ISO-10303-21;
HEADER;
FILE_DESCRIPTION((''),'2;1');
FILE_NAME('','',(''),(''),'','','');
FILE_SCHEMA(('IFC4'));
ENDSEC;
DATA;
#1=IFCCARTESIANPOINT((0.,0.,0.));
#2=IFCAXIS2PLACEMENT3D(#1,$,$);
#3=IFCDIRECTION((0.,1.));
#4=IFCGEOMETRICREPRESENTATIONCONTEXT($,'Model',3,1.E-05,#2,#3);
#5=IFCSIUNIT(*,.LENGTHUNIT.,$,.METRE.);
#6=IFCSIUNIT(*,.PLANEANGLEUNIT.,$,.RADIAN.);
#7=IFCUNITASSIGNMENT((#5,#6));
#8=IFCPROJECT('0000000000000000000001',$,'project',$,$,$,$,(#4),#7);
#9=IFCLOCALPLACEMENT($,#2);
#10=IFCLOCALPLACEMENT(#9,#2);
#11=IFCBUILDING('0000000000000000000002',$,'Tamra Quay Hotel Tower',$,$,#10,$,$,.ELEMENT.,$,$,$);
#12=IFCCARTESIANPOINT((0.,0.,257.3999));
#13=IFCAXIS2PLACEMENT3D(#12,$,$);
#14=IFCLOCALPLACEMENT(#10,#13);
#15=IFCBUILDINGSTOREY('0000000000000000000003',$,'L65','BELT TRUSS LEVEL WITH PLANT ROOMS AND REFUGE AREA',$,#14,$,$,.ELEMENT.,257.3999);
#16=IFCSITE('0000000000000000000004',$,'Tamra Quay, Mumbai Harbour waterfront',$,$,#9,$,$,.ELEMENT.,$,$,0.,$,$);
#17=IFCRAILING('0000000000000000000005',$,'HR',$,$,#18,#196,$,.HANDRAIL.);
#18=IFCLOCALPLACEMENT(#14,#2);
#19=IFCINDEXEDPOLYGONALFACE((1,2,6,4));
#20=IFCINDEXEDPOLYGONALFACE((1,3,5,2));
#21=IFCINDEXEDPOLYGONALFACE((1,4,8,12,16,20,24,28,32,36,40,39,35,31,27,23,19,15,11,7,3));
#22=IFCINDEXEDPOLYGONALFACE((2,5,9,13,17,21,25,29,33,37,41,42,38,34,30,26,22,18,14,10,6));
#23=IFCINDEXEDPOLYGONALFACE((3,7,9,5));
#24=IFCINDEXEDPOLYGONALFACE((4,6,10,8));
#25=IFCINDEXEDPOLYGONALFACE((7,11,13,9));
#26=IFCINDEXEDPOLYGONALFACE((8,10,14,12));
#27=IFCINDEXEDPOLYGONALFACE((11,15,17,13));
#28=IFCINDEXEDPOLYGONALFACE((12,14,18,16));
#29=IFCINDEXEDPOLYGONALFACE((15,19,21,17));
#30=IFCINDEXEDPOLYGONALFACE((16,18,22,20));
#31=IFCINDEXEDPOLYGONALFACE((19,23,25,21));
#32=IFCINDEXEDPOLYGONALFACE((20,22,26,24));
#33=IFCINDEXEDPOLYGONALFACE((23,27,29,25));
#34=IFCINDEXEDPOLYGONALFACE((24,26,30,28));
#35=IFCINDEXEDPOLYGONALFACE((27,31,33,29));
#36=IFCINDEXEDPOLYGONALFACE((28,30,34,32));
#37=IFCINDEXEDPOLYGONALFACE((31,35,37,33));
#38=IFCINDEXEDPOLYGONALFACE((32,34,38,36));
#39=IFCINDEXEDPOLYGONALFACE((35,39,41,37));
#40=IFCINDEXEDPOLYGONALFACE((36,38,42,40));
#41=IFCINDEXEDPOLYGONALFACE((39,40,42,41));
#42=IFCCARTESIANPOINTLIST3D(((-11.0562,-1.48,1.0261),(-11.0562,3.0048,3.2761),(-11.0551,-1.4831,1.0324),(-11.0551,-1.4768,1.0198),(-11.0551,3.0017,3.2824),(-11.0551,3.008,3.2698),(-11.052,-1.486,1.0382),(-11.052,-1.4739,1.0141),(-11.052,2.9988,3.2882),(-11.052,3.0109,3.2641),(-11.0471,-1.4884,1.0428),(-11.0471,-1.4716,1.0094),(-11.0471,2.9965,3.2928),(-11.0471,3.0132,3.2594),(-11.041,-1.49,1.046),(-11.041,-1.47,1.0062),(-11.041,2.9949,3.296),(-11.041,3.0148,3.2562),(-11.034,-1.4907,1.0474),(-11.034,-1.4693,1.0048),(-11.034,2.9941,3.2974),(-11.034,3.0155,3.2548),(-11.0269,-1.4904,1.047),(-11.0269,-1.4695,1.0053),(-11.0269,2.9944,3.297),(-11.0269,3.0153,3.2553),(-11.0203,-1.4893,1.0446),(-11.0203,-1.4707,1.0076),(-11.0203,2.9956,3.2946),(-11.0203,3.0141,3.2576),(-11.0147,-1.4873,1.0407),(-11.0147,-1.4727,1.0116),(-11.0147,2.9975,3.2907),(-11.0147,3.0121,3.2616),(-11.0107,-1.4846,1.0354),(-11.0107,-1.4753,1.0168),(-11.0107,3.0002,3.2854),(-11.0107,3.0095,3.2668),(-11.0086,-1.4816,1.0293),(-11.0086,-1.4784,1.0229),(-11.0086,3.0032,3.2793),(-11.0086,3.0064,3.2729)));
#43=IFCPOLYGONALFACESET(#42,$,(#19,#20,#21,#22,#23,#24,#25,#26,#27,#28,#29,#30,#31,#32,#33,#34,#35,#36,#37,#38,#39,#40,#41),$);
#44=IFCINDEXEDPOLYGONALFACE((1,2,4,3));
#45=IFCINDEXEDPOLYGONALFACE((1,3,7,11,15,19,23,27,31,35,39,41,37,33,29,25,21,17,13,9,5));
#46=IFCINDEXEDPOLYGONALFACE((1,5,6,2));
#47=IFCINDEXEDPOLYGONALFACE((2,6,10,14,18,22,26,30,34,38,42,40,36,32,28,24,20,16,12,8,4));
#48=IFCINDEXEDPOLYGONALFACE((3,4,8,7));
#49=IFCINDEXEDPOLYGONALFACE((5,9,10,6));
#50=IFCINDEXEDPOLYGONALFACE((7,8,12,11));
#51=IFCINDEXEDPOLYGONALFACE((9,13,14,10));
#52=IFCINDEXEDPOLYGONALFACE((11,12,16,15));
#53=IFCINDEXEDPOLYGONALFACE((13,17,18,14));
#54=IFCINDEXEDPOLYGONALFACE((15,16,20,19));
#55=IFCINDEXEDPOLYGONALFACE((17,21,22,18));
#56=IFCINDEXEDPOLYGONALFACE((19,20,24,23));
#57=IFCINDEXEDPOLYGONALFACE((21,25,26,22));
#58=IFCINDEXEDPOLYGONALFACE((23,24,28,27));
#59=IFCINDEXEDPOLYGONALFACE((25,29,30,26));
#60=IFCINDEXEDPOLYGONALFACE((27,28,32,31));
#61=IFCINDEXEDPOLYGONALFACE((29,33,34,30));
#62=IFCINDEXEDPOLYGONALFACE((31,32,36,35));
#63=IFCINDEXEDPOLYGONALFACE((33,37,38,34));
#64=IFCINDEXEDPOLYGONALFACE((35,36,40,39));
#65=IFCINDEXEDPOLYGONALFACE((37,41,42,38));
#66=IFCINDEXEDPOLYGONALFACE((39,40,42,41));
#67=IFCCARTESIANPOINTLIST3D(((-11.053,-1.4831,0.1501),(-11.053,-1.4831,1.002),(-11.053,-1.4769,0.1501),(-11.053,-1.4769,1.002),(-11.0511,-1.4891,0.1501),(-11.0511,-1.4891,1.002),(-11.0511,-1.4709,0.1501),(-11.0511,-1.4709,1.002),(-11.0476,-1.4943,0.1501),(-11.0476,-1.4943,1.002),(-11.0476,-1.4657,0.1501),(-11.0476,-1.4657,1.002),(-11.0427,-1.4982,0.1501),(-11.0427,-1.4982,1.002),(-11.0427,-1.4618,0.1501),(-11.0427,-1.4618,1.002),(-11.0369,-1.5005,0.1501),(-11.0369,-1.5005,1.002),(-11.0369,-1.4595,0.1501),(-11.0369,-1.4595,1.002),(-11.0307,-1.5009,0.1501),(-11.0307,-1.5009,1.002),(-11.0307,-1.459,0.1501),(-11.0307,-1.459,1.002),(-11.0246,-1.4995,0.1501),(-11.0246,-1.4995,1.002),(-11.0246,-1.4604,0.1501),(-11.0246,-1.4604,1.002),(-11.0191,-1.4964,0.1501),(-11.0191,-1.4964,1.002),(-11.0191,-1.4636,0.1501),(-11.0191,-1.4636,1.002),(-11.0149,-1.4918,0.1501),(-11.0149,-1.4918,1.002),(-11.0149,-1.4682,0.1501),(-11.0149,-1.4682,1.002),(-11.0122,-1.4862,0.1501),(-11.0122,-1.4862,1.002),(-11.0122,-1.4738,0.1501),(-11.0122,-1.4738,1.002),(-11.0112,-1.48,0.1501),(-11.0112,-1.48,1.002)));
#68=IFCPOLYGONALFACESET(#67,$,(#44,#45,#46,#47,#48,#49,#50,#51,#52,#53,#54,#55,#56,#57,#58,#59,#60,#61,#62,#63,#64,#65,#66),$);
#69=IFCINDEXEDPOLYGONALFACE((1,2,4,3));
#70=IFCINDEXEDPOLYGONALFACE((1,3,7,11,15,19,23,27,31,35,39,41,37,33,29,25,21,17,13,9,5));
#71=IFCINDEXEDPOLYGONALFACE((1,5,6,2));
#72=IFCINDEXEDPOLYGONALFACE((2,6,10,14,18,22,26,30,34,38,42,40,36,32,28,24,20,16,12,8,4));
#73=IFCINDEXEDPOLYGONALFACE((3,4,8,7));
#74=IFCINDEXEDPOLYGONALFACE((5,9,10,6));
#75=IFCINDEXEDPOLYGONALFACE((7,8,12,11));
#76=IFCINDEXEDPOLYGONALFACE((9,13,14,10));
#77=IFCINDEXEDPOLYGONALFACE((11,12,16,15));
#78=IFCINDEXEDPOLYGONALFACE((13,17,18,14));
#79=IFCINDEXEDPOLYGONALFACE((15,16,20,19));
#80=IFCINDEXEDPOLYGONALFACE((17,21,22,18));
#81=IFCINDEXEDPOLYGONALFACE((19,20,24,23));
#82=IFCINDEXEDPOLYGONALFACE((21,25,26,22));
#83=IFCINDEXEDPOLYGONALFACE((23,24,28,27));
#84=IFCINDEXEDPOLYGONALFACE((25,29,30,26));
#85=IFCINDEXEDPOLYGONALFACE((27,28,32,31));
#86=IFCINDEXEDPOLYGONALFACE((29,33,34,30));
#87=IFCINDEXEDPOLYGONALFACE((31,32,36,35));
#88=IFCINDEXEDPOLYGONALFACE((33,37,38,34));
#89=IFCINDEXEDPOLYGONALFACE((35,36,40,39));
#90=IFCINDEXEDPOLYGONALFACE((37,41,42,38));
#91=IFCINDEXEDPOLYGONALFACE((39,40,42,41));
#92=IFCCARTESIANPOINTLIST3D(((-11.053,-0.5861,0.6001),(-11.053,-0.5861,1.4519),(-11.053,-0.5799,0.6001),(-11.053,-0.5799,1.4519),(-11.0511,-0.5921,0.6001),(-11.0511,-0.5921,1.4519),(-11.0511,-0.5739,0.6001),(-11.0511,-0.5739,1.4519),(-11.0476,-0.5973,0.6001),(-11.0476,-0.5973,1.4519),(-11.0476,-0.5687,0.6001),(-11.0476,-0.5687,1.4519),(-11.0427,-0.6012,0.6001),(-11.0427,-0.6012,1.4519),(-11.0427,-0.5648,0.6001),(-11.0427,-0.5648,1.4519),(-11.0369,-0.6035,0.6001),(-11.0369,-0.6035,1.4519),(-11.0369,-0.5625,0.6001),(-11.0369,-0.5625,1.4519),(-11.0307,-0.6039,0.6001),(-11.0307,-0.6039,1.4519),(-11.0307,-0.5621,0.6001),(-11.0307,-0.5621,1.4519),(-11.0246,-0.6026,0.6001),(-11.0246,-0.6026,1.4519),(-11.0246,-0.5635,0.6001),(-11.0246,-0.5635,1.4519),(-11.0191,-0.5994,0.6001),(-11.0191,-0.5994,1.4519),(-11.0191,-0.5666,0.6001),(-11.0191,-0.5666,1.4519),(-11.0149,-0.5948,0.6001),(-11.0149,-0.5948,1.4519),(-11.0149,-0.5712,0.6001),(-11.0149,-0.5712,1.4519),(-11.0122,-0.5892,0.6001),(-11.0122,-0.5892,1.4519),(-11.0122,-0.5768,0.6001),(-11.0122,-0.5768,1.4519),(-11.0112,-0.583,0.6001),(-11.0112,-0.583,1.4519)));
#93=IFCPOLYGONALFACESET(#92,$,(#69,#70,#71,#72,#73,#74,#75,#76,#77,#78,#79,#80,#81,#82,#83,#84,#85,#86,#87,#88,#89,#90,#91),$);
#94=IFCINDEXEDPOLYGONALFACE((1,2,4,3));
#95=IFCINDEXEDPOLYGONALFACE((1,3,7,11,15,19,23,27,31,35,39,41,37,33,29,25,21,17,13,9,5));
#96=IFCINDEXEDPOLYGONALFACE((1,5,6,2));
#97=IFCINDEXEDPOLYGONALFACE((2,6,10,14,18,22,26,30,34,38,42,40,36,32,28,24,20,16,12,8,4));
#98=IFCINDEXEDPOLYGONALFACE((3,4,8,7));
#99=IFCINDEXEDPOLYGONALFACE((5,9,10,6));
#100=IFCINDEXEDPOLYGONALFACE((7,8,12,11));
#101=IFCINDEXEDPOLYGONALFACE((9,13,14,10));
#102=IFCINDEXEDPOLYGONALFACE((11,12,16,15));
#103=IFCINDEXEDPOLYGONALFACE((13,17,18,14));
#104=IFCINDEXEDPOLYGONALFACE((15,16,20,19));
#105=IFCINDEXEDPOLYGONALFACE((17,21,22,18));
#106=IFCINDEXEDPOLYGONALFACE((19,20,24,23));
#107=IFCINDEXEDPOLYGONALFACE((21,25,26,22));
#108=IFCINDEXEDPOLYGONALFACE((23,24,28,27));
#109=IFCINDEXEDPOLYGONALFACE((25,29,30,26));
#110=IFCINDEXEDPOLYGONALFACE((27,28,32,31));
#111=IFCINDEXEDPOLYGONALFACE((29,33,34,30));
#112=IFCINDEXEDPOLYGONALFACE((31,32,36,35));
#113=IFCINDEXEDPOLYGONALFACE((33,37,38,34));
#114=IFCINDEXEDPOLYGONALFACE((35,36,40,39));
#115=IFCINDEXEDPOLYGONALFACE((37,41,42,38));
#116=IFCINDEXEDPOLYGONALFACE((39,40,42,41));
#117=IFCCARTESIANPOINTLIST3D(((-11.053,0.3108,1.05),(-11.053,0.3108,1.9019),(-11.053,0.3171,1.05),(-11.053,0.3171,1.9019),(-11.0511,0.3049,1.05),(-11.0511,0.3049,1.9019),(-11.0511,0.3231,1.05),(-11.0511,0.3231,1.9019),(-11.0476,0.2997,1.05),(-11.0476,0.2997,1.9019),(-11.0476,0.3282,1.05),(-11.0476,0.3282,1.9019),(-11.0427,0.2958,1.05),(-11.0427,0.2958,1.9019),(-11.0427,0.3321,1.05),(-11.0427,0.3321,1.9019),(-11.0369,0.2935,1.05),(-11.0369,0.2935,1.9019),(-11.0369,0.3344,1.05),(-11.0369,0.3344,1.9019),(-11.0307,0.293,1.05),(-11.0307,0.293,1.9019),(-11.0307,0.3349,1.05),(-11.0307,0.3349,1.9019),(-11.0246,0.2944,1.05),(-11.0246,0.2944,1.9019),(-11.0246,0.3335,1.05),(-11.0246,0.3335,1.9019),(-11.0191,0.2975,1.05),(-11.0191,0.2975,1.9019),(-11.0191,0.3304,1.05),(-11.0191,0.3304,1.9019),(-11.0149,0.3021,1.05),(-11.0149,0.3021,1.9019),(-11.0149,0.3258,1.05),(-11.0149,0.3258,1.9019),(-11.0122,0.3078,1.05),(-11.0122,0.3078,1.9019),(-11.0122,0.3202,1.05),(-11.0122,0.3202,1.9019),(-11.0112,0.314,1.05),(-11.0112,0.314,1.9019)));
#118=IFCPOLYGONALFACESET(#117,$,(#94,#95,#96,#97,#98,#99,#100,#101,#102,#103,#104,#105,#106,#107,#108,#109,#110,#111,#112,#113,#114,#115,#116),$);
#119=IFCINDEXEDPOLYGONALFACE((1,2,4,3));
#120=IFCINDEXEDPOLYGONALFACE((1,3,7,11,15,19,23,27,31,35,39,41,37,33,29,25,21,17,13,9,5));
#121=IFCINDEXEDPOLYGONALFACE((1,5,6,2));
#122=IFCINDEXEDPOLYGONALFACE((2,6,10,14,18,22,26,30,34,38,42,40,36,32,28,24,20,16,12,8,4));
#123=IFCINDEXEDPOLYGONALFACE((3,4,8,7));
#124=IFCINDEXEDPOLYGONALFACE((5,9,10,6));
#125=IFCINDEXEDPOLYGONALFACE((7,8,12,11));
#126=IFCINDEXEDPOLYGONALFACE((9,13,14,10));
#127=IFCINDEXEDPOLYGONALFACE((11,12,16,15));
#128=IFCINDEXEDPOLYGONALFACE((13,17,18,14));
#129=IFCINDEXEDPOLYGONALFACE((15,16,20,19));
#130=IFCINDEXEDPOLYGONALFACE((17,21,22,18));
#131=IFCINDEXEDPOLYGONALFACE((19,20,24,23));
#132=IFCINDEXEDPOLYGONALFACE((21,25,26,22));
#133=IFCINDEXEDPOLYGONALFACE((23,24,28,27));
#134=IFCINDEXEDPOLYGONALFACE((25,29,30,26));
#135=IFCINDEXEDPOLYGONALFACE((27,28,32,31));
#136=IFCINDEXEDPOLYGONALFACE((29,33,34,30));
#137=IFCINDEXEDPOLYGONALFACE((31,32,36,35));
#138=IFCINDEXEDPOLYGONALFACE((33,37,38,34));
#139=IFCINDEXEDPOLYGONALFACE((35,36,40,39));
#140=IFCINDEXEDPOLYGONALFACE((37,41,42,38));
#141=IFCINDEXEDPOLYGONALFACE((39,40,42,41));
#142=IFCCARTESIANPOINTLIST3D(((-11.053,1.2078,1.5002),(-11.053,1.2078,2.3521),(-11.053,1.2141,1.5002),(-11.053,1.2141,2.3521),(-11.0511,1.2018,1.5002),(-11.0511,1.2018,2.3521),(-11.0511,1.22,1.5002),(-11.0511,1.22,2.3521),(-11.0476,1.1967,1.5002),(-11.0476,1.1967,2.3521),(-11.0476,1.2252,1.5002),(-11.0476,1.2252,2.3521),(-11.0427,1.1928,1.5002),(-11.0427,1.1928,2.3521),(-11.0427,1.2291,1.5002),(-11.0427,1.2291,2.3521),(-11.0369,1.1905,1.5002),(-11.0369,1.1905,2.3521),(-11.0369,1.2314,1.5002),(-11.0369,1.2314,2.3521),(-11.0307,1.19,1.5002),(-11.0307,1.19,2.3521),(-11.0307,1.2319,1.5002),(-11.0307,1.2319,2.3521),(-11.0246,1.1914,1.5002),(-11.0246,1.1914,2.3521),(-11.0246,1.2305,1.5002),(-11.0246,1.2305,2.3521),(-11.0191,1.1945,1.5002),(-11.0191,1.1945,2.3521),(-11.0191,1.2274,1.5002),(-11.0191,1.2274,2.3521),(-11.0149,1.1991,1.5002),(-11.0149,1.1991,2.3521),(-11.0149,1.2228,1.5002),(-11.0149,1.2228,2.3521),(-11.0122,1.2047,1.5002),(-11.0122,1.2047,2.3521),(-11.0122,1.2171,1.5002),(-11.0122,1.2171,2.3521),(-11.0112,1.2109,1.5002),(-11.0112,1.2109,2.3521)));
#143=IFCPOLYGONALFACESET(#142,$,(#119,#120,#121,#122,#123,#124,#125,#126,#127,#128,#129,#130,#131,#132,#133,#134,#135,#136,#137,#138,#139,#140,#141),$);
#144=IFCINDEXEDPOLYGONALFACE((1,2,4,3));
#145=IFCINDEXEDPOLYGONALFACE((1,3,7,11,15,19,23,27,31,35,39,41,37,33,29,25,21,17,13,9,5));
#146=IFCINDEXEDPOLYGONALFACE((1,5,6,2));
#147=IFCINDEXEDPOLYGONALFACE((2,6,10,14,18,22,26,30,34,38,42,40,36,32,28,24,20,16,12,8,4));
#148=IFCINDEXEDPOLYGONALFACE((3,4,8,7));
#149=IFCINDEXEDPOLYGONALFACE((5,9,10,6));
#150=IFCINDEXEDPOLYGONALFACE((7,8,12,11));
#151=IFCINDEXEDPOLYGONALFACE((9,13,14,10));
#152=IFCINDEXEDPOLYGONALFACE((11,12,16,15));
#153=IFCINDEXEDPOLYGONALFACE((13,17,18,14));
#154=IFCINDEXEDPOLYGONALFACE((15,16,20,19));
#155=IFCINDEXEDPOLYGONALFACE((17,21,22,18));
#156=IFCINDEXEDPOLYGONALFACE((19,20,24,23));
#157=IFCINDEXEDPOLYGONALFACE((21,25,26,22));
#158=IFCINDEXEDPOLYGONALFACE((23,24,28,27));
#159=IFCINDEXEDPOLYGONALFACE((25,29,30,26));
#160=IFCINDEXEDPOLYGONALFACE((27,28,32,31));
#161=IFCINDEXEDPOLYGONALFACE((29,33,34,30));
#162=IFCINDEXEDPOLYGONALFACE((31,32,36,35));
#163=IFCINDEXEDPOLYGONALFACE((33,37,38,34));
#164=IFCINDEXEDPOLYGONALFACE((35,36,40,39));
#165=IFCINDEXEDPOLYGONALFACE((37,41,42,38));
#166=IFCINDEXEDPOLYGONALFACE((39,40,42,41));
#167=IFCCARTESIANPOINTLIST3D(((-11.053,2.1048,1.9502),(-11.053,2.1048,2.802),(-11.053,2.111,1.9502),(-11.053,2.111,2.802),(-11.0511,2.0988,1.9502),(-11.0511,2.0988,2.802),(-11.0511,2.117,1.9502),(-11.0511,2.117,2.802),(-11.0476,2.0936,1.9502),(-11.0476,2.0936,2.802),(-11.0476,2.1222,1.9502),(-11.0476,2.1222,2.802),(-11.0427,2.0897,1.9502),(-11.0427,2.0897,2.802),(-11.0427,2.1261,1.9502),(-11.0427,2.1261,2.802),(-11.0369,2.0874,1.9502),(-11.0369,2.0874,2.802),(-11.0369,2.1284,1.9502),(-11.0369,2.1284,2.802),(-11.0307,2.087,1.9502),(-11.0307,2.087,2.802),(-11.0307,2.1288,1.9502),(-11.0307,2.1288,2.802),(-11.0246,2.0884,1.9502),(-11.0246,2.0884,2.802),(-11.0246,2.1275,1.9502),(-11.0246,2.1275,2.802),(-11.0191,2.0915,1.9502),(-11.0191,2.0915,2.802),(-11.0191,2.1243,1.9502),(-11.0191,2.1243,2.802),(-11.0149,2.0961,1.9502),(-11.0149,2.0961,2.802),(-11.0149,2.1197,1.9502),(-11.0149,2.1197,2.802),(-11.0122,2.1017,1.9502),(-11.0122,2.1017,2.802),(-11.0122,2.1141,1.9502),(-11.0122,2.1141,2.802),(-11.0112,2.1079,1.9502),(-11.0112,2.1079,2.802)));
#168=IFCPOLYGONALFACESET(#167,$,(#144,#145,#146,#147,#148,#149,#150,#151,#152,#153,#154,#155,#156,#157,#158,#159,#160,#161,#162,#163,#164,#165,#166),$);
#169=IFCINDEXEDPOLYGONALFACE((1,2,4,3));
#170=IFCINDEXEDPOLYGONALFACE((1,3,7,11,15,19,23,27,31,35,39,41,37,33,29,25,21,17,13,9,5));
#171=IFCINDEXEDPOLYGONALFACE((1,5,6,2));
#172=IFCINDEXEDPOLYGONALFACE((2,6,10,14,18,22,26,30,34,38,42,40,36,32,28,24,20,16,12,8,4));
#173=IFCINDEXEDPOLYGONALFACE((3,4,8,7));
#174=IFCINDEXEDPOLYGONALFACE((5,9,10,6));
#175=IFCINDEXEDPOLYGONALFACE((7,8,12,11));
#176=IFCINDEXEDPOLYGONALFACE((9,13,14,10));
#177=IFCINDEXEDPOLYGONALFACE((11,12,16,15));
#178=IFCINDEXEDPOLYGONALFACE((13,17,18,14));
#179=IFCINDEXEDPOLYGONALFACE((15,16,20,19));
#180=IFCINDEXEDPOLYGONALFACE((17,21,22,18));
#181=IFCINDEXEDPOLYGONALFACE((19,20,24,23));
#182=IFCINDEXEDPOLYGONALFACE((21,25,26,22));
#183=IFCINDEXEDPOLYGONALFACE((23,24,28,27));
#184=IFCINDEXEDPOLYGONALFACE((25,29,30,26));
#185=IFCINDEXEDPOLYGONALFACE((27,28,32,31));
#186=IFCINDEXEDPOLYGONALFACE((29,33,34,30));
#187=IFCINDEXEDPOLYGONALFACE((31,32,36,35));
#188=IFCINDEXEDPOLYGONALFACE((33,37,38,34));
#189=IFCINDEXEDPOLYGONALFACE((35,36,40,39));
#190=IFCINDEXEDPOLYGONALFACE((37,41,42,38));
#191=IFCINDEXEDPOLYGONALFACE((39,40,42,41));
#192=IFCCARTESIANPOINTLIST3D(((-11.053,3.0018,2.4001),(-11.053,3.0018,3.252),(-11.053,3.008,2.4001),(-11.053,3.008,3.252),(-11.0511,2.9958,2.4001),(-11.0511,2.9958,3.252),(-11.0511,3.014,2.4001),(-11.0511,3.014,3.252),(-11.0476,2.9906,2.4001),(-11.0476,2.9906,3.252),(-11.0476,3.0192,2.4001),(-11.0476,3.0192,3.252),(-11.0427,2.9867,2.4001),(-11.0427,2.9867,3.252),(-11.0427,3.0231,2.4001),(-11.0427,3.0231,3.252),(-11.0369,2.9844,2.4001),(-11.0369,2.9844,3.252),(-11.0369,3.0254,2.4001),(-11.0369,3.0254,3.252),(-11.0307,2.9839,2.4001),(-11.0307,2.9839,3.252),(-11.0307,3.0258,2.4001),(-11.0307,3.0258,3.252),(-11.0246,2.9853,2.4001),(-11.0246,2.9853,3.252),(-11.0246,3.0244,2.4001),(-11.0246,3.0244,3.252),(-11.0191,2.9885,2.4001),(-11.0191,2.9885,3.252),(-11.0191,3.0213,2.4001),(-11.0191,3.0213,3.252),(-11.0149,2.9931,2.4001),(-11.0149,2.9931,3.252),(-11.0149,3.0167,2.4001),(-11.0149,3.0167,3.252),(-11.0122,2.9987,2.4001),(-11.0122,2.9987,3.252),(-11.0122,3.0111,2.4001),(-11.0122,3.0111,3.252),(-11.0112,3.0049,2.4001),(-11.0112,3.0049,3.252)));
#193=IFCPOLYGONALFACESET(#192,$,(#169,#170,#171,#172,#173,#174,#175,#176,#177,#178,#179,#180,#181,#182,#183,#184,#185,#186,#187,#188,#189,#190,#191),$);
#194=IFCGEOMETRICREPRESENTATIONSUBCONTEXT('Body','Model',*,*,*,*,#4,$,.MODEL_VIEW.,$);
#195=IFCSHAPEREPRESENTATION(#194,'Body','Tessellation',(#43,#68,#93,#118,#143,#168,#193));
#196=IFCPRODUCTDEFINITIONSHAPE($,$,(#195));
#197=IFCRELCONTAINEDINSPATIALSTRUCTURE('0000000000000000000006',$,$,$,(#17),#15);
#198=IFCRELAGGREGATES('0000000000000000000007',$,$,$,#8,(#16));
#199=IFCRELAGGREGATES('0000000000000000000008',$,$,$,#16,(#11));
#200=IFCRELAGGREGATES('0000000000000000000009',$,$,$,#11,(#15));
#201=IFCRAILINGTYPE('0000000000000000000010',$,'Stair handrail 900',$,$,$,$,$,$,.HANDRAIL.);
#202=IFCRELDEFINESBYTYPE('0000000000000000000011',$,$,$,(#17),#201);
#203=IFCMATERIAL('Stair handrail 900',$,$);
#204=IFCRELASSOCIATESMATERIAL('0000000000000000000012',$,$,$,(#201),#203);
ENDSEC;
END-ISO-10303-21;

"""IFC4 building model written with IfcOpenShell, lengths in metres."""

from ifc_helpers import new_model, si_unit, direction, frame, origin, origin_2d, place, context, subcontext, project, spatial, circle, extrude, material, type_object, element, save


model = new_model("IFC4")

# Units and contexts
model_context = context("Model", 3, precision=1e-05, world=origin(), true_north=direction((0.0, 1.0)))
body_context = subcontext(model_context, "Body", "Model", "MODEL_VIEW")
ifc_project = project(units=[si_unit("LENGTHUNIT", "METRE"), si_unit("PLANEANGLEUNIT", "RADIAN")], contexts=[model_context])

# Site, building, storey
site_placement = place(None, origin())
site = spatial("IfcSite", under=ifc_project, at=site_placement, Name="Tamra Quay, Mumbai Harbour waterfront", CompositionType="ELEMENT", RefElevation=0.0)
building_placement = place(site_placement, origin())
building = spatial("IfcBuilding", under=site, at=building_placement, Name="Tamra Quay Hotel Tower", CompositionType="ELEMENT")
storey_placement = place(building_placement, frame((0.0, 0.0, 257.3999)))
storey = spatial("IfcBuildingStorey", under=building, at=storey_placement, Name="L65", Description="BELT TRUSS LEVEL WITH PLANT ROOMS AND REFUGE AREA", CompositionType="ELEMENT", Elevation=257.3999)

# Railing
ifc_material_1 = material(Name="Stair handrail 900")
railing_type_1 = type_object("IfcRailingType", Name="Stair handrail 900", PredefinedType="HANDRAIL", material=ifc_material_1)
railing_1_placement = place(storey_placement, frame((-11.0322, -1.48, 0.1501)))
element("IfcRailing", 1, at=railing_1_placement, inside=storey, type_object=railing_type_1, Name="HR", PredefinedType="HANDRAIL", context=body_context, shape_type="SweptSolid", body=[
    extrude(circle(Radius=0.0239, at=origin_2d()), frame((0.0, 0.0, 0.876), z_axis=(0.0, 0.893823, 0.44842), x_axis=(-1.0, 0.0, 0.0)), (0.0, 0.0, 1.0), 5.0176),
    extrude(circle(Radius=0.021, at=origin_2d()), origin(), (0.0, 0.0, 1.0), 0.8518),
    extrude(circle(Radius=0.021, at=origin_2d()), frame((0.0, 0.897, 0.45)), (0.0, 0.0, 1.0), 0.8518),
    extrude(circle(Radius=0.021, at=origin_2d()), frame((0.0, 1.7939, 0.8999)), (0.0, 0.0, 1.0), 0.8518),
    extrude(circle(Radius=0.021, at=origin_2d()), frame((0.0, 2.6909, 1.3501)), (0.0, 0.0, 1.0), 0.8518),
    extrude(circle(Radius=0.021, at=origin_2d()), frame((0.0, 3.5879, 1.8)), (0.0, 0.0, 1.0), 0.8518),
    extrude(circle(Radius=0.021, at=origin_2d()), frame((0.0, 4.4849, 2.25)), (0.0, 0.0, 1.0), 0.8518),
])

save(model, "model.ifc")
